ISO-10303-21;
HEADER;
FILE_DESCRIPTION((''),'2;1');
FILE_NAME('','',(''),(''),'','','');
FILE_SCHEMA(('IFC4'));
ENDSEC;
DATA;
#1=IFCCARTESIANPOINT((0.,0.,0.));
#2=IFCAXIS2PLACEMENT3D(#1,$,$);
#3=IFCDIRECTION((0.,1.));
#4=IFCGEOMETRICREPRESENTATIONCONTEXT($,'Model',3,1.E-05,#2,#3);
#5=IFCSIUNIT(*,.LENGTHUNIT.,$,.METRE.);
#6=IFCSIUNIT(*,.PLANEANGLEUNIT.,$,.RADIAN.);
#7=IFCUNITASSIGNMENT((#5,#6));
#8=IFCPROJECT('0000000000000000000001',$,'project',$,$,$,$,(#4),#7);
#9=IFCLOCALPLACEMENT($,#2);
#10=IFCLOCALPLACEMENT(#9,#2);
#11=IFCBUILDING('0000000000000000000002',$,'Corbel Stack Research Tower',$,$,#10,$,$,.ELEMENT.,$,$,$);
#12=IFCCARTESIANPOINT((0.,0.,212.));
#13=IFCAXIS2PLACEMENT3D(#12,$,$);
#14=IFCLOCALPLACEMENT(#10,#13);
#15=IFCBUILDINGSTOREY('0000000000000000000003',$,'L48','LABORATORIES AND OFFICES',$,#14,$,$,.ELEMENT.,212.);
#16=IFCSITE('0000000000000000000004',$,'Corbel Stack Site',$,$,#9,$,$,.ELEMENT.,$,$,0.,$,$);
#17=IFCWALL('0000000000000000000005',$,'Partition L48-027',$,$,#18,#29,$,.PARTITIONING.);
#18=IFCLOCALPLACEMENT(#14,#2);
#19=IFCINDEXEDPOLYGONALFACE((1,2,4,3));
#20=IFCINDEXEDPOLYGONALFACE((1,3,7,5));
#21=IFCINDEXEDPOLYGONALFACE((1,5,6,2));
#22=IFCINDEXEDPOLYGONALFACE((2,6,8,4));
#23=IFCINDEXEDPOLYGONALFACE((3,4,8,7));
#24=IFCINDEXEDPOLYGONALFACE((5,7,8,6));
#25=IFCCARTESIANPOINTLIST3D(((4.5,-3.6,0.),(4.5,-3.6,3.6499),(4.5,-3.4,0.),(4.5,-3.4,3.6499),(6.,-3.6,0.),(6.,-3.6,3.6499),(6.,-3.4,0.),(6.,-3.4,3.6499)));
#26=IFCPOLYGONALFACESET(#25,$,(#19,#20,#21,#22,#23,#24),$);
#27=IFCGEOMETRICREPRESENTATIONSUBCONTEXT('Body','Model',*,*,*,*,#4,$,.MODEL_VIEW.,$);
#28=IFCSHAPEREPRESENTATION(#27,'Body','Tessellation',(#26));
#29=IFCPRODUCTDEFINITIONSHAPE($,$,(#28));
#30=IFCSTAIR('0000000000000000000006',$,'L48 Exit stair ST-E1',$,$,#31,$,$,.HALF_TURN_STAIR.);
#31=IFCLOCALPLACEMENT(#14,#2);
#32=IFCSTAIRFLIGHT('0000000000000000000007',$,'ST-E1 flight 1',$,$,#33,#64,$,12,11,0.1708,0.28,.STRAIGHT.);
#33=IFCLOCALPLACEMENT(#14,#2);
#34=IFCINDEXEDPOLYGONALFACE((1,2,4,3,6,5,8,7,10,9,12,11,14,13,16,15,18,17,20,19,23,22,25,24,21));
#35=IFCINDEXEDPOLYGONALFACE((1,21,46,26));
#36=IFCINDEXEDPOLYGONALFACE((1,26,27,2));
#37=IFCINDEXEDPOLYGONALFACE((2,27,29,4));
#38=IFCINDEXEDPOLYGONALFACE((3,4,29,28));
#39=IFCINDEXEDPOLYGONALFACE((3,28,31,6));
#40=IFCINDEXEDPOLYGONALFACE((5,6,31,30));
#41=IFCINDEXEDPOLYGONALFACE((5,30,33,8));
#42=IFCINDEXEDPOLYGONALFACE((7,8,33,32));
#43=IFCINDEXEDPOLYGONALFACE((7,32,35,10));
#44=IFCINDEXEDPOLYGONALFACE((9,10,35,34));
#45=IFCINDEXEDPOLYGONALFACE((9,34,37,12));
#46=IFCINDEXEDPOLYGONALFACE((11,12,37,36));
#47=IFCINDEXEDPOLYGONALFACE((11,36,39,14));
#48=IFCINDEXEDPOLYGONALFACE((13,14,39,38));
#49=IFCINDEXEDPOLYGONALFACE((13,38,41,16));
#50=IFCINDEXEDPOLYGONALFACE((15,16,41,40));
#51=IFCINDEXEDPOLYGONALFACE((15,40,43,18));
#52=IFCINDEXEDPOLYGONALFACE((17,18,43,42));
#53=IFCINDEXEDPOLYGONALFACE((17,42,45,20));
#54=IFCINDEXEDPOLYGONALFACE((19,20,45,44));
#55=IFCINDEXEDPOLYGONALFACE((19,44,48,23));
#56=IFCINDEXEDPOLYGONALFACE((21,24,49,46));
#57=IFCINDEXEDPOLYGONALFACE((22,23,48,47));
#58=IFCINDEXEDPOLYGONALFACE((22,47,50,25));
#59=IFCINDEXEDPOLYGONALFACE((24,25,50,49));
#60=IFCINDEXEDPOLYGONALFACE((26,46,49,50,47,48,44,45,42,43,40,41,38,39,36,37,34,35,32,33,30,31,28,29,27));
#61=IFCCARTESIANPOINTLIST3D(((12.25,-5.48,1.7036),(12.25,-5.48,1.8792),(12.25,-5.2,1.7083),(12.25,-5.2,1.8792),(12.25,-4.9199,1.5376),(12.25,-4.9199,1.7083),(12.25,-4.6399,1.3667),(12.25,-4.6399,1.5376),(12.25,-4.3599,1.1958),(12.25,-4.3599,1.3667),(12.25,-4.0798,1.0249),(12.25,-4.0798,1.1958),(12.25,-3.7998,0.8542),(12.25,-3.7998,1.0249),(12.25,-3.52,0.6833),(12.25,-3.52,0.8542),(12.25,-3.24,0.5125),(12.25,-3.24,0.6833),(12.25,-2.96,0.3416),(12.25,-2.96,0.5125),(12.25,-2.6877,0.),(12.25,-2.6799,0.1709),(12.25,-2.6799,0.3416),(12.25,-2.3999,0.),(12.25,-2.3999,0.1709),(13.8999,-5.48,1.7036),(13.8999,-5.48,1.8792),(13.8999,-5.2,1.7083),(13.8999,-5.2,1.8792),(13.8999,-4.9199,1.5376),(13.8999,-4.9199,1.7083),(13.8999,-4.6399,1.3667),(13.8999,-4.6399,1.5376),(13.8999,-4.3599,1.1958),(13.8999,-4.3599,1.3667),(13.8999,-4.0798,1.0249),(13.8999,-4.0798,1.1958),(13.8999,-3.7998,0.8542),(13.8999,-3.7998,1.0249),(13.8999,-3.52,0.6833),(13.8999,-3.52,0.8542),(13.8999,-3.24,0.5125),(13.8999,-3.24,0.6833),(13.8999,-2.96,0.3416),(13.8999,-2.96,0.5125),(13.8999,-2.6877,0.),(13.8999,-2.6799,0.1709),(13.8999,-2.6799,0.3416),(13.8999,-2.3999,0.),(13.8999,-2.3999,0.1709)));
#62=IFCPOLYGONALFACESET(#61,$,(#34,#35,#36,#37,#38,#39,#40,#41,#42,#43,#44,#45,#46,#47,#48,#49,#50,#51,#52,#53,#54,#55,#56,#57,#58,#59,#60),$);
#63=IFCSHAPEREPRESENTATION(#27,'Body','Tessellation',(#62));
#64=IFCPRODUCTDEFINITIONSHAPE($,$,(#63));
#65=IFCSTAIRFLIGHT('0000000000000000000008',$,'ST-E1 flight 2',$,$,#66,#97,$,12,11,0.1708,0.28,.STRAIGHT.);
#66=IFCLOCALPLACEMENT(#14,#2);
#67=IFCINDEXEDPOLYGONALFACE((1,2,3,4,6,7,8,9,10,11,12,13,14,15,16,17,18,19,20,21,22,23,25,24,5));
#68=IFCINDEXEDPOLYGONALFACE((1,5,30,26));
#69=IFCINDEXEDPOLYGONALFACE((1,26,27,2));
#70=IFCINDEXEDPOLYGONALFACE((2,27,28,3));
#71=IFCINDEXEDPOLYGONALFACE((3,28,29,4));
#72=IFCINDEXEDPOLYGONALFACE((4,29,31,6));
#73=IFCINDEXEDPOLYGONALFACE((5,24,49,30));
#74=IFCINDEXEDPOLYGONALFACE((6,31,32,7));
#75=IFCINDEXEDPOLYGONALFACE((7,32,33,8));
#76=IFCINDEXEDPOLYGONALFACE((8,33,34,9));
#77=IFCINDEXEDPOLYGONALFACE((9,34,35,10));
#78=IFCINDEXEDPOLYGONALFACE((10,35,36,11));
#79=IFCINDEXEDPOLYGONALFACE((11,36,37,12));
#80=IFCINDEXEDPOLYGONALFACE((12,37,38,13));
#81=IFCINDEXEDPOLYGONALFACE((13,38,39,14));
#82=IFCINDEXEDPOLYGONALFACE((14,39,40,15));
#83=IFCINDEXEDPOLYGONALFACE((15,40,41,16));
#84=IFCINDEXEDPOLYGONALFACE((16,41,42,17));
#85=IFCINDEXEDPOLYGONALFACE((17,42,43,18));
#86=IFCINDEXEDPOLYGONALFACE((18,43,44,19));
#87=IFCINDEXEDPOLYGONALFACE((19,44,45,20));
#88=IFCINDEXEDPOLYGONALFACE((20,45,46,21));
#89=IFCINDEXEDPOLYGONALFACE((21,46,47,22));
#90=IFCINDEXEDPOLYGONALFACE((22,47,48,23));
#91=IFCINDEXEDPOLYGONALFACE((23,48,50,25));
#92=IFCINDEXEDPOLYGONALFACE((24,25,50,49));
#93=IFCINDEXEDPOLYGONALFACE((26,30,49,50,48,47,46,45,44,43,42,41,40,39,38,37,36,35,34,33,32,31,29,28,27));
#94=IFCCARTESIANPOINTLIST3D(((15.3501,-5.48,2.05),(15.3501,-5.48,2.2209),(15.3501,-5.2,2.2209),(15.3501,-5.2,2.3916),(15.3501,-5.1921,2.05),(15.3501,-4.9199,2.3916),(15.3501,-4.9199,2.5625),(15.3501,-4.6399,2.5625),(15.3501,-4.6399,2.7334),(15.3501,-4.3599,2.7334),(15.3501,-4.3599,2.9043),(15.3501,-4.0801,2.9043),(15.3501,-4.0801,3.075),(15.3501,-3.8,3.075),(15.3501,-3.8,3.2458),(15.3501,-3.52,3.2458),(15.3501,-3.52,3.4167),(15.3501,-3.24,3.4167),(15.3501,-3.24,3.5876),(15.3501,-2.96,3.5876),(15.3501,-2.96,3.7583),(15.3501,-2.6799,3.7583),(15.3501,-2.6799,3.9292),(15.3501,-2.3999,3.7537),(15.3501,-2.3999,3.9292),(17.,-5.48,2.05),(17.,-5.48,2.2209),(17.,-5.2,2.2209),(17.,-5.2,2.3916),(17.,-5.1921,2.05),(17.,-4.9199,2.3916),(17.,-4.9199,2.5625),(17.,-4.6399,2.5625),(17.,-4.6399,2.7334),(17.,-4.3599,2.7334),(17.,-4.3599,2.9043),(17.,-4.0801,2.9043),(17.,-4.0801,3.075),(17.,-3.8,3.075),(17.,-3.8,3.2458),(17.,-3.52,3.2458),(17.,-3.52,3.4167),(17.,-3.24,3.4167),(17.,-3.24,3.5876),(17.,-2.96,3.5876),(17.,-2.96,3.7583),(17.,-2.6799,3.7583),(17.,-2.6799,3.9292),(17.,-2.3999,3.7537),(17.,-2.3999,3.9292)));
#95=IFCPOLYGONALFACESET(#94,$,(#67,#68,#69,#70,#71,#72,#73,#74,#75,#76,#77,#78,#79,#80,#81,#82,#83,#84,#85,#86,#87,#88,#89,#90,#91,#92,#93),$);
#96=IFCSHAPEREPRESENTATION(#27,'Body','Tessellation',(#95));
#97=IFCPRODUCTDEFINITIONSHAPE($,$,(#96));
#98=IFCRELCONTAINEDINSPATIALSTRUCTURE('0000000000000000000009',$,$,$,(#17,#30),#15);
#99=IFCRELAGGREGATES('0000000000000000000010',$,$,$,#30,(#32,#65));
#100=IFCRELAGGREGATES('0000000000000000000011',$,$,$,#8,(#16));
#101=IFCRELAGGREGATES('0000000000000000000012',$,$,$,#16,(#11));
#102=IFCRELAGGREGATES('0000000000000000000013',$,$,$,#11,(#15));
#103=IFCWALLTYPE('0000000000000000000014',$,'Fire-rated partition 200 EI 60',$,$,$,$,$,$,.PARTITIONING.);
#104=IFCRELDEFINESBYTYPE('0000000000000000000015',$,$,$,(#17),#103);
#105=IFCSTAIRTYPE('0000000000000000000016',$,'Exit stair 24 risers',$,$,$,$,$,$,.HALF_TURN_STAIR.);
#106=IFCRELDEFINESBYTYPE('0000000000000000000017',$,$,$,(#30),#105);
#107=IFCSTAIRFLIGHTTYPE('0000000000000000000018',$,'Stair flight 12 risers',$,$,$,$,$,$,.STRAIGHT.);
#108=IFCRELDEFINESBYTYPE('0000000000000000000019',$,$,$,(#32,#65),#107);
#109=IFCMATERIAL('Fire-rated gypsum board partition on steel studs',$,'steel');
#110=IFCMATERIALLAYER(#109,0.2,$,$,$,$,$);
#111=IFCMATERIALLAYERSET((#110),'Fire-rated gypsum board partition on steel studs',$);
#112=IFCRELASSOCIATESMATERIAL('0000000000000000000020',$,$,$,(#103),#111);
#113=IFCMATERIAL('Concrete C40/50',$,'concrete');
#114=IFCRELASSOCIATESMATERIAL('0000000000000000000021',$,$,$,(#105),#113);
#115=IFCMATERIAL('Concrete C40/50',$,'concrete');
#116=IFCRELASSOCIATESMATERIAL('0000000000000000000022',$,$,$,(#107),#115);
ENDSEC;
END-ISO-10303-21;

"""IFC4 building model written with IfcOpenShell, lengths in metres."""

from ifc_helpers import new_model, si_unit, direction, frame, frame_2d, origin, place, context, subcontext, project, spatial, polyline, rectangle, outline, extrude, material, layer, layer_set, type_object, element, aggregate, save


model = new_model("IFC4")

# Units and contexts
model_context = context("Model", 3, precision=1e-05, world=origin(), true_north=direction((0.0, 1.0)))
body_context = subcontext(model_context, "Body", "Model", "MODEL_VIEW")
ifc_project = project(units=[si_unit("LENGTHUNIT", "METRE"), si_unit("PLANEANGLEUNIT", "RADIAN")], contexts=[model_context])

# Site, building, storey
site_placement = place(None, origin())
site = spatial("IfcSite", under=ifc_project, at=site_placement, Name="Corbel Stack Site", CompositionType="ELEMENT", RefElevation=0.0)
building_placement = place(site_placement, origin())
building = spatial("IfcBuilding", under=site, at=building_placement, Name="Corbel Stack Research Tower", CompositionType="ELEMENT")
storey_placement = place(building_placement, frame((0.0, 0.0, 212.0)))
storey = spatial("IfcBuildingStorey", under=building, at=storey_placement, Name="L48", Description="LABORATORIES AND OFFICES", CompositionType="ELEMENT", Elevation=212.0)

# Wall
ifc_material_1 = material(Name="Fire-rated gypsum board partition on steel studs", Category="steel")
ifc_layer_1 = layer(ifc_material_1, 0.2)
ifc_layer_set_1 = layer_set([ifc_layer_1], Name="Fire-rated gypsum board partition on steel studs")
wall_type_1 = type_object("IfcWallType", Name="Fire-rated partition 200 EI 60", PredefinedType="PARTITIONING", material=ifc_layer_set_1)
wall_1_placement = place(storey_placement, frame((4.5, -3.5, 0.0), z_axis=(0.0, 0.0, 1.0), x_axis=(1.0, 0.0, 0.0)))
element("IfcWall", 1, at=wall_1_placement, inside=storey, type_object=wall_type_1, Name="Partition L48-027", PredefinedType="PARTITIONING", context=body_context, shape_type="SweptSolid", body=[
    extrude(rectangle(XDim=1.5, YDim=0.2, at=frame_2d((0.75, 0.0))), origin(), (0.0, 0.0, 1.0), 3.6499),
])

# Stair, stair flights
ifc_material_2 = material(Name="Concrete C40/50", Category="concrete")
stair_type = type_object("IfcStairType", Name="Exit stair 24 risers", PredefinedType="HALF_TURN_STAIR", material=ifc_material_2)
stair_placement = place(storey_placement, origin())
stair = element("IfcStair", 2, at=stair_placement, inside=storey, type_object=stair_type, Name="L48 Exit stair ST-E1", PredefinedType="HALF_TURN_STAIR")
ifc_material_3 = material(Name="Concrete C40/50", Category="concrete")
stair_flight_type = type_object("IfcStairFlightType", Name="Stair flight 12 risers", PredefinedType="STRAIGHT", material=ifc_material_3)
stair_flight_1_placement = place(storey_placement, frame((13.075, -2.3999, 0.0), z_axis=(0.0, 0.0, 1.0), x_axis=(0.0, -1.0, 0.0)))
stair_flight_1 = element("IfcStairFlight", 3, at=stair_flight_1_placement, type_object=stair_flight_type, Name="ST-E1 flight 1", NumberOfRisers=12, NumberOfTreads=11, PredefinedType="STRAIGHT", RiserHeight=0.1708, TreadLength=0.28, context=body_context, shape_type="SweptSolid", body=[
    extrude(outline(polyline([(0.0, 0.0), (0.0, 0.1709), (0.28, 0.1709), (0.28, 0.3416), (0.5601, 0.3416), (0.5601, 0.5125), (0.8401, 0.5125), (0.8401, 0.6833), (1.1201, 0.6833), (1.1201, 0.8542), (1.3999, 0.8542), (1.3999, 1.0249), (1.6799, 1.0249), (1.6799, 1.1958), (1.96, 1.1958), (1.96, 1.3667), (2.24, 1.3667), (2.24, 1.5376), (2.52, 1.5376), (2.52, 1.7083), (2.8, 1.7083), (2.8, 1.8792), (3.0801, 1.8792), (3.0801, 2.05), (3.0801, 1.7036), (0.2878, 0.0), (0.0, 0.0)])), frame((0.0, 0.825, 0.0), z_axis=(0.0, -1.0, 0.0), x_axis=(1.0, 0.0, 0.0)), (0.0, 0.0, 1.0), 1.6499),
])
stair_flight_2_placement = place(storey_placement, frame((16.175, -5.48, 2.05), z_axis=(0.0, 0.0, 1.0), x_axis=(0.0, 1.0, 0.0)))
stair_flight_2 = element("IfcStairFlight", 4, at=stair_flight_2_placement, type_object=stair_flight_type, Name="ST-E1 flight 2", NumberOfRisers=12, NumberOfTreads=11, PredefinedType="STRAIGHT", RiserHeight=0.1708, TreadLength=0.28, context=body_context, shape_type="SweptSolid", body=[
    extrude(outline(polyline([(0.0, 0.0), (0.0, 0.1709), (0.28, 0.1709), (0.28, 0.3416), (0.5601, 0.3416), (0.5601, 0.5125), (0.8401, 0.5125), (0.8401, 0.6833), (1.1201, 0.6833), (1.1201, 0.8542), (1.3999, 0.8542), (1.3999, 1.0249), (1.6799, 1.0249), (1.6799, 1.1958), (1.96, 1.1958), (1.96, 1.3667), (2.24, 1.3667), (2.24, 1.5376), (2.52, 1.5376), (2.52, 1.7083), (2.8, 1.7083), (2.8, 1.8792), (3.0801, 1.8792), (3.0801, 2.05), (3.0801, 1.7036), (0.2878, 0.0), (0.0, 0.0)])), frame((0.0, 0.825, 0.0), z_axis=(0.0, -1.0, 0.0), x_axis=(1.0, 0.0, 0.0)), (0.0, 0.0, 1.0), 1.6499),
])
aggregate(stair, [stair_flight_1, stair_flight_2])

save(model, "model.ifc")
